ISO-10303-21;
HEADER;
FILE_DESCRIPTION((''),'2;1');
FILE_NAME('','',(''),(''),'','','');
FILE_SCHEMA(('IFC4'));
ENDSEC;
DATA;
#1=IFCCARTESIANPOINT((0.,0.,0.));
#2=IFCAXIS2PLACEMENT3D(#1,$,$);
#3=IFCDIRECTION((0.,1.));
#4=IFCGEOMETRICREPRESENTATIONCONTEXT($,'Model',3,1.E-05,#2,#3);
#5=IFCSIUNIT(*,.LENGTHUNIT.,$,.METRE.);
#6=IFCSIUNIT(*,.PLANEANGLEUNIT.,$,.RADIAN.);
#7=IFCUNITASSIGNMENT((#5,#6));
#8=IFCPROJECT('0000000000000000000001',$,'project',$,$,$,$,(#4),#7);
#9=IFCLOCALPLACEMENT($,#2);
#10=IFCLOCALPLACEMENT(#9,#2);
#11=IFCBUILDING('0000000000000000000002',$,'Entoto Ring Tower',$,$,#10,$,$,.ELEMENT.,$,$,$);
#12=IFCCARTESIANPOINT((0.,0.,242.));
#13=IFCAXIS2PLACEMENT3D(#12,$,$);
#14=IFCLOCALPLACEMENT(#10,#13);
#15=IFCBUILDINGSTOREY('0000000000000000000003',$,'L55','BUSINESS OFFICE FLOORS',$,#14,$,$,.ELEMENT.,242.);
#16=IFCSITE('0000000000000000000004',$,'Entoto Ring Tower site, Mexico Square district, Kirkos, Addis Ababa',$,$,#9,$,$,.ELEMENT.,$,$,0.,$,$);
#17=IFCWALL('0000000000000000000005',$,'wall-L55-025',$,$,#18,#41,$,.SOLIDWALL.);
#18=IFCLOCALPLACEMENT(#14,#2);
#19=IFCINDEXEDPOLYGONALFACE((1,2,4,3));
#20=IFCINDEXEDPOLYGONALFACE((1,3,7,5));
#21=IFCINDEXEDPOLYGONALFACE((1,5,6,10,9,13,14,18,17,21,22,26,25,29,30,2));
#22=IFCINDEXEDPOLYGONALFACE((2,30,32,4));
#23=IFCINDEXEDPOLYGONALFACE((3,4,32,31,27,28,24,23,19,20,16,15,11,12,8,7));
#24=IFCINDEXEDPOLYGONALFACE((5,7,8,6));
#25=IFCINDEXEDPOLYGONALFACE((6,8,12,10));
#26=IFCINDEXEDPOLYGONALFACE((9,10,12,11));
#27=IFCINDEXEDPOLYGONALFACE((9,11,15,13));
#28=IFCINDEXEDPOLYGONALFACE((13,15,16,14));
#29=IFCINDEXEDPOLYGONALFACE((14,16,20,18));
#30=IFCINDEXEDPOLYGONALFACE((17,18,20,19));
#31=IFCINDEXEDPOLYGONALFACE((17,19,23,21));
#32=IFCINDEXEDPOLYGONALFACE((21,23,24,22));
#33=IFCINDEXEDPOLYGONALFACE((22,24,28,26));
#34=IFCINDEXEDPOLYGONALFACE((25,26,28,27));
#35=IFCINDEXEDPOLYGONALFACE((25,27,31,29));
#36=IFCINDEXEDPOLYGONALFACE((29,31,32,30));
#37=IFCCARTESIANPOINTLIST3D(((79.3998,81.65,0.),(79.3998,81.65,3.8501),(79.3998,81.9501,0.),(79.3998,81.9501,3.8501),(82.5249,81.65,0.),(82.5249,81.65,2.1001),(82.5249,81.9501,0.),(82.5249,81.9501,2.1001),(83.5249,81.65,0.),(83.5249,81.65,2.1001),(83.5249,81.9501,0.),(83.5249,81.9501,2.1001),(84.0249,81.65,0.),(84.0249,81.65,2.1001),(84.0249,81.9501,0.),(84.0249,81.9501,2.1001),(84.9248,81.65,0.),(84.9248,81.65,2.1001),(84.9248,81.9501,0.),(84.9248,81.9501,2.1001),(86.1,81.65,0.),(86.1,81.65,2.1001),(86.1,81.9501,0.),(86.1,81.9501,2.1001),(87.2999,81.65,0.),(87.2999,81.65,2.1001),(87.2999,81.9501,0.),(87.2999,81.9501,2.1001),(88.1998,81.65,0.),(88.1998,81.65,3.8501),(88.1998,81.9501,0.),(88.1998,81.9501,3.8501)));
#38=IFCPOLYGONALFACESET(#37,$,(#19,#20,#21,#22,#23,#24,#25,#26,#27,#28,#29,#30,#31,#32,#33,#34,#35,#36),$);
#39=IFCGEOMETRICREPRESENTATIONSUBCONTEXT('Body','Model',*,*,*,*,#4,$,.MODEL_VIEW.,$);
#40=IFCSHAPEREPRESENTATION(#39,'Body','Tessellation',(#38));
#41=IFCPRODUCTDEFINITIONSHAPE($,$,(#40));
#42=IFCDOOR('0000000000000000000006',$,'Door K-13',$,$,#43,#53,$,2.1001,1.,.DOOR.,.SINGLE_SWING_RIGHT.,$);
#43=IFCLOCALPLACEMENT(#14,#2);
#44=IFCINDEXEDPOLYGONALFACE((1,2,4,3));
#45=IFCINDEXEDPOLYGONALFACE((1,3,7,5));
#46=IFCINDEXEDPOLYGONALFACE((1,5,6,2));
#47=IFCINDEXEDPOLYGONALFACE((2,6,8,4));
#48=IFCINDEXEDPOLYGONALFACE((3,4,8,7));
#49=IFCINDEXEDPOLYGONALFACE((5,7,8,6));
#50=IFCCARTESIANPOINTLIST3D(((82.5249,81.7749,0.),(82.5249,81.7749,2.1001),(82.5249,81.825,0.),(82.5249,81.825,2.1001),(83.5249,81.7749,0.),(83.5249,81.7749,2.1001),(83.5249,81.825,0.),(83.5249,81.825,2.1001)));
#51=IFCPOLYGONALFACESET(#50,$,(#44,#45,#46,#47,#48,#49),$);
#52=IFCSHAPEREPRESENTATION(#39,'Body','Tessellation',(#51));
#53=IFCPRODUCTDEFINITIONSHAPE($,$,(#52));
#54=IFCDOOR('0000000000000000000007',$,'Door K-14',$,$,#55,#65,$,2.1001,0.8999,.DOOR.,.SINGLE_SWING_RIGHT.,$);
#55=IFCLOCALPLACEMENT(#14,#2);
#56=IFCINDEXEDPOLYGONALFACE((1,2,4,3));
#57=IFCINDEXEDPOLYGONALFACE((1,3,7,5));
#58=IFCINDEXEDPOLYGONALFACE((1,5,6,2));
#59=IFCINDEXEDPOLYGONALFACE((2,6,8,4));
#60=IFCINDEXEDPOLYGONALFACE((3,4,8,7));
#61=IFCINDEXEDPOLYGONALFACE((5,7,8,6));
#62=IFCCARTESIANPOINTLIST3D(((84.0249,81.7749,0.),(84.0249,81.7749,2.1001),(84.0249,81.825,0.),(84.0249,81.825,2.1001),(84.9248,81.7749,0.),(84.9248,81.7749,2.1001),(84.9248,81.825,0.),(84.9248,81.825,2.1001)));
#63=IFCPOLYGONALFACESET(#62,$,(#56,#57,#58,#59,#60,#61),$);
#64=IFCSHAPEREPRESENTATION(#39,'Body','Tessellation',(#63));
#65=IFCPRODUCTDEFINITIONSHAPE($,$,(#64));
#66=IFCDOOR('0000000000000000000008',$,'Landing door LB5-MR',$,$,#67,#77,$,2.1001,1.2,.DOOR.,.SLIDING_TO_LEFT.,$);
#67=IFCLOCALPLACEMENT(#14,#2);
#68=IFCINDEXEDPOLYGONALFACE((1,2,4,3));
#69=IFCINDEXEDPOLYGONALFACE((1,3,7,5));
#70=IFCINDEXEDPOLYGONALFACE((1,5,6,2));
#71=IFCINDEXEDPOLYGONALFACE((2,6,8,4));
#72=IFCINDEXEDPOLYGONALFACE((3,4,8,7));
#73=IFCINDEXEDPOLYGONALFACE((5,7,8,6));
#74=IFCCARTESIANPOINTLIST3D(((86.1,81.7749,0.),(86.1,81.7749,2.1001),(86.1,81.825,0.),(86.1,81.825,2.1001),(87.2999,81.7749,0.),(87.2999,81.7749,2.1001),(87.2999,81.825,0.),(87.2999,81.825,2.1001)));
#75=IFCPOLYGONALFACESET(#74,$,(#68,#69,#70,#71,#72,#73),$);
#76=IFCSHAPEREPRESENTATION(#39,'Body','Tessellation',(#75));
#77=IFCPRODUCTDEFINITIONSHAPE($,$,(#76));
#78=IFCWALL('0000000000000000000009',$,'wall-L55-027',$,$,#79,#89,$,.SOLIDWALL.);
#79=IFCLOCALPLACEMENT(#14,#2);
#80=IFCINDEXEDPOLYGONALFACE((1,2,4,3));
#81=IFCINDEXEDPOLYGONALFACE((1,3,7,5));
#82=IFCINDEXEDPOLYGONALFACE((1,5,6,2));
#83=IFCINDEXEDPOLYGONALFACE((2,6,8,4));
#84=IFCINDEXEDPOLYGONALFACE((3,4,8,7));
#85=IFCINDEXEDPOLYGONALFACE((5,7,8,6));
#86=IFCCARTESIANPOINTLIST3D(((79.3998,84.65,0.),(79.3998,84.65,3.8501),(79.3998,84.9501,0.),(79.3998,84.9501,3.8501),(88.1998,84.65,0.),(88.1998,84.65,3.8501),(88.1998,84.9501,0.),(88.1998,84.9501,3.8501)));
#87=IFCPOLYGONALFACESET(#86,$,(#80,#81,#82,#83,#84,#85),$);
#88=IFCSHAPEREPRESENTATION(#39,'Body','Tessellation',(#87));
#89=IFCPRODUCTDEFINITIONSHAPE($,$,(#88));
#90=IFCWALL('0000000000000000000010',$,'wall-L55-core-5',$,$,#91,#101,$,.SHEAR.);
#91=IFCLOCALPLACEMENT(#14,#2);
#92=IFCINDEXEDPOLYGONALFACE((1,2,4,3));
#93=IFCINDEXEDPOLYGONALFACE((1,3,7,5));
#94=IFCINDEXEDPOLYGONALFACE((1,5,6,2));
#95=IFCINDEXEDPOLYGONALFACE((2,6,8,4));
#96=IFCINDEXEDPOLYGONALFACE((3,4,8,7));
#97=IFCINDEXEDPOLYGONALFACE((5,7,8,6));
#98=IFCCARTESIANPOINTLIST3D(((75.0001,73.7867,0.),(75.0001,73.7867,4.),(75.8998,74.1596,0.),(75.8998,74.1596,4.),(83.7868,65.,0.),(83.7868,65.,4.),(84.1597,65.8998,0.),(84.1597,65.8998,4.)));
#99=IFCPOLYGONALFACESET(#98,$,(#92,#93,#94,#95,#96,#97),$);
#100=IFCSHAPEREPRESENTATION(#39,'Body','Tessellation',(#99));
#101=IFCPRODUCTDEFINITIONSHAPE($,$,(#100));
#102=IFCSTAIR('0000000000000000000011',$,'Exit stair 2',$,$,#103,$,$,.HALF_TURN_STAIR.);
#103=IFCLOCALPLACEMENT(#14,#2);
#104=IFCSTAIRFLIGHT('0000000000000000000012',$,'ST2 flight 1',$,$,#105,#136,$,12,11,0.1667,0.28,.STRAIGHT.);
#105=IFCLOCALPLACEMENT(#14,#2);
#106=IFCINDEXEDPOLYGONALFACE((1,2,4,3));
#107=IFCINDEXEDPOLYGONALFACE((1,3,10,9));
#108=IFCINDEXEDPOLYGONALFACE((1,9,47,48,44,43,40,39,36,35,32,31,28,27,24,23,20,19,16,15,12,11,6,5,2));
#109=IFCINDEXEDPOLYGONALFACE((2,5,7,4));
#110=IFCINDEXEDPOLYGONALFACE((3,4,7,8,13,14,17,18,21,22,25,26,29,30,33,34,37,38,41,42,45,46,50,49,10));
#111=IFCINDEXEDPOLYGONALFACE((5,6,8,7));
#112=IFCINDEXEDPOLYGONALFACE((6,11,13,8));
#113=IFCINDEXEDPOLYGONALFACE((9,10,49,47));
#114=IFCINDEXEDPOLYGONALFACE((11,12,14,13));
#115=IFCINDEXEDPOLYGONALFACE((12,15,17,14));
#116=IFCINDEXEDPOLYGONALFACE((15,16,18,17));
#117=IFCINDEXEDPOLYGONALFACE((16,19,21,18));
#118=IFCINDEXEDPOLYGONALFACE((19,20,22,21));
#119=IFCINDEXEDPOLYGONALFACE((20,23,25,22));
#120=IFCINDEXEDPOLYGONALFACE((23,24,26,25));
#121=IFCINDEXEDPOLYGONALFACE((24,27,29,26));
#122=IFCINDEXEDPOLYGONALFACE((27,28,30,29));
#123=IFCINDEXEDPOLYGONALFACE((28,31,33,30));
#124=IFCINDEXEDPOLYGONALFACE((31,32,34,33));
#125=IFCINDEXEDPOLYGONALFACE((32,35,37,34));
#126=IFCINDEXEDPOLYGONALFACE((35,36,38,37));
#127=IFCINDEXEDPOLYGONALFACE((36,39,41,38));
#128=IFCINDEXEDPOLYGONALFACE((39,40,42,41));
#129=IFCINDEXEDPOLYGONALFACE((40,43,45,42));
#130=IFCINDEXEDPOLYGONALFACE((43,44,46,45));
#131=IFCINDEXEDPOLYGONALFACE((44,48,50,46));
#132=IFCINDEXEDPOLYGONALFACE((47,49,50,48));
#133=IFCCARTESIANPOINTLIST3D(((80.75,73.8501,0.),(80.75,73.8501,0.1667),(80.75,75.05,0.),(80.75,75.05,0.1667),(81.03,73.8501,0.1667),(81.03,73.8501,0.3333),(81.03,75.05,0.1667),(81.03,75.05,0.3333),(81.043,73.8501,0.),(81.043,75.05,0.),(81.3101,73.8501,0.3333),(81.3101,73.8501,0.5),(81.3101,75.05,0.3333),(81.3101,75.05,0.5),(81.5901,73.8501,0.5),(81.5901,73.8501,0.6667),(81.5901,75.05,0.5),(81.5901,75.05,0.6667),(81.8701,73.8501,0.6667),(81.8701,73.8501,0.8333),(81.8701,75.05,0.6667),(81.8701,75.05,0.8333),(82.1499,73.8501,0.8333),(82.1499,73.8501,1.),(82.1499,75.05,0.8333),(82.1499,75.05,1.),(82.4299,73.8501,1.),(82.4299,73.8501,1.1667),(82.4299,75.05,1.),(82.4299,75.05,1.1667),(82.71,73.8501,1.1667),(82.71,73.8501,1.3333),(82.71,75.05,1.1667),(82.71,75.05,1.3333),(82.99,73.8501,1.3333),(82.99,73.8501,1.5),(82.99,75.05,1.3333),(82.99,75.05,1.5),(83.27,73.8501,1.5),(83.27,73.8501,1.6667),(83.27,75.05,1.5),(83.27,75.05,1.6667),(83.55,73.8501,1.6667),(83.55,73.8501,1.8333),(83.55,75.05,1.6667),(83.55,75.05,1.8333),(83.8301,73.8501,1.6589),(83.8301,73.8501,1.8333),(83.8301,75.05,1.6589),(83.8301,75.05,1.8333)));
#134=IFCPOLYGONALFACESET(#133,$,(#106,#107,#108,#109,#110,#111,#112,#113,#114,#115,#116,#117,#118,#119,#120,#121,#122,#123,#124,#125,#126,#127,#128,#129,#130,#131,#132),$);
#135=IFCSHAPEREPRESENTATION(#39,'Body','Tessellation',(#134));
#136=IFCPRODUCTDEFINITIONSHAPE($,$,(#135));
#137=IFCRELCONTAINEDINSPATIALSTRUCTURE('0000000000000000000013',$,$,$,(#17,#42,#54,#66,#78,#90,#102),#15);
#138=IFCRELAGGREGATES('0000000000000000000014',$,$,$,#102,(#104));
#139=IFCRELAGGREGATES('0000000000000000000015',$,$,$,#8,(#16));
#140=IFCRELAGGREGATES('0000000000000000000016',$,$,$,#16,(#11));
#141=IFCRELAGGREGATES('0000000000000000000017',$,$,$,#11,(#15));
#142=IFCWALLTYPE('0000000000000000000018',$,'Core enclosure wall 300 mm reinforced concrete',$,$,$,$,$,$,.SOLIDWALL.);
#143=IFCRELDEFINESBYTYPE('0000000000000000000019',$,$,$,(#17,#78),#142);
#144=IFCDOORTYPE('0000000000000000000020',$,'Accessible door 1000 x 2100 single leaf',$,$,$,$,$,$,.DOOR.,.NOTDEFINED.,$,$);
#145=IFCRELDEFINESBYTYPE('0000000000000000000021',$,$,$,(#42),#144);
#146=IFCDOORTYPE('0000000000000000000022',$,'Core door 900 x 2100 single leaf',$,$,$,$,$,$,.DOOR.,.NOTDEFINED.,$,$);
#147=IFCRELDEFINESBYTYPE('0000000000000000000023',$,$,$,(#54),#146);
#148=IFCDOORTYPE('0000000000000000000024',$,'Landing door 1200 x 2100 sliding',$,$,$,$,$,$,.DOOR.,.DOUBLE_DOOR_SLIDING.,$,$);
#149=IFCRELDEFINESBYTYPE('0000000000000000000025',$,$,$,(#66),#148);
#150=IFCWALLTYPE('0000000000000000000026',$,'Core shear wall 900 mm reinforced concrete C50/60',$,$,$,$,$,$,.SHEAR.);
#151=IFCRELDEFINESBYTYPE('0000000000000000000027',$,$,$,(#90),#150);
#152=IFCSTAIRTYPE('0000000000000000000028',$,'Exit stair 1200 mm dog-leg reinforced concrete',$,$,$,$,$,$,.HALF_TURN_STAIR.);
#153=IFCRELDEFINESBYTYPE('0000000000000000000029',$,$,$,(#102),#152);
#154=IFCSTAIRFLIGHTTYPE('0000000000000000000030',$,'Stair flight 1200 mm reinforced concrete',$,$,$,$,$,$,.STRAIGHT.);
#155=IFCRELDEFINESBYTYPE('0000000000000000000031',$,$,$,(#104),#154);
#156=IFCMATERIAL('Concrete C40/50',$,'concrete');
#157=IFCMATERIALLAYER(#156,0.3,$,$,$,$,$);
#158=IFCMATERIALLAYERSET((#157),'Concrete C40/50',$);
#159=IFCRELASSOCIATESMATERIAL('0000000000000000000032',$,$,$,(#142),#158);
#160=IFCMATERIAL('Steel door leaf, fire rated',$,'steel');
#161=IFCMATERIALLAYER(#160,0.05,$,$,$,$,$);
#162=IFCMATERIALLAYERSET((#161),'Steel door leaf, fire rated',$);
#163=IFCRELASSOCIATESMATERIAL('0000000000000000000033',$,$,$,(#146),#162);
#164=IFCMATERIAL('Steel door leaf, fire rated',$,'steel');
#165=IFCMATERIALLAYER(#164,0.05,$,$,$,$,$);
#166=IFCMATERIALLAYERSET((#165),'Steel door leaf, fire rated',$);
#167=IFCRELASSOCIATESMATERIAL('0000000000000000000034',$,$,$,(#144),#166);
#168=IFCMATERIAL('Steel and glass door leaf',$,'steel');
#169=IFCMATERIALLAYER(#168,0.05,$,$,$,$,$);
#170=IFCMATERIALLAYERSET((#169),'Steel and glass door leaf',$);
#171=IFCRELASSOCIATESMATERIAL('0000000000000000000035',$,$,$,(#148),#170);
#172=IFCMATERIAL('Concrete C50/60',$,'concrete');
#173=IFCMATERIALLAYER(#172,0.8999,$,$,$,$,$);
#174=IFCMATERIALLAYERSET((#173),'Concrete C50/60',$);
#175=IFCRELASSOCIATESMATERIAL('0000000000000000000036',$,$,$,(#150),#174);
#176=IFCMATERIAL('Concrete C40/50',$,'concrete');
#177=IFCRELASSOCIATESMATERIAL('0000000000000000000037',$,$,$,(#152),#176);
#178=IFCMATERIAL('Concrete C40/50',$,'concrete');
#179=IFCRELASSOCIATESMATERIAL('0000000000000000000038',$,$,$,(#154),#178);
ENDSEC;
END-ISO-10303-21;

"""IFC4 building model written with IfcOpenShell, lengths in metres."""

from ifc_helpers import new_model, si_unit, direction, frame, frame_2d, origin, place, context, subcontext, project, spatial, polyline, rectangle, outline, extrude, material, layer, layer_set, type_object, element, fill, aggregate, save


model = new_model("IFC4")

# Units and contexts
model_context = context("Model", 3, precision=1e-05, world=origin(), true_north=direction((0.0, 1.0)))
body_context = subcontext(model_context, "Body", "Model", "MODEL_VIEW")
ifc_project = project(units=[si_unit("LENGTHUNIT", "METRE"), si_unit("PLANEANGLEUNIT", "RADIAN")], contexts=[model_context])

# Site, building, storey
site_placement = place(None, origin())
site = spatial("IfcSite", under=ifc_project, at=site_placement, Name="Entoto Ring Tower site, Mexico Square district, Kirkos, Addis Ababa", CompositionType="ELEMENT", RefElevation=0.0)
building_placement = place(site_placement, origin())
building = spatial("IfcBuilding", under=site, at=building_placement, Name="Entoto Ring Tower", CompositionType="ELEMENT")
storey_placement = place(building_placement, frame((0.0, 0.0, 242.0)))
storey = spatial("IfcBuildingStorey", under=building, at=storey_placement, Name="L55", Description="BUSINESS OFFICE FLOORS", CompositionType="ELEMENT", Elevation=242.0)

# Shared definitions
ifc_material_1 = material(Name="Concrete C40/50", Category="concrete")
ifc_layer_1 = layer(ifc_material_1, 0.3)
ifc_layer_set_1 = layer_set([ifc_layer_1], Name="Concrete C40/50")
wall_type_1 = type_object("IfcWallType", Name="Core enclosure wall 300 mm reinforced concrete", PredefinedType="SOLIDWALL", material=ifc_layer_set_1)

# Wall, openings, doors
ifc_material_2 = material(Name="Steel door leaf, fire rated", Category="steel")
ifc_layer_2 = layer(ifc_material_2, 0.05)
ifc_layer_set_2 = layer_set([ifc_layer_2], Name="Steel door leaf, fire rated")
door_type_1 = type_object("IfcDoorType", Name="Core door 900 x 2100 single leaf", OperationType="NOTDEFINED", PredefinedType="DOOR", material=ifc_layer_set_2)
wall_1_placement = place(storey_placement, frame((79.3999, 81.8, 0.0), z_axis=(0.0, 0.0, 1.0), x_axis=(1.0, 0.0, 0.0)))
wall_1 = element("IfcWall", 1, at=wall_1_placement, inside=storey, type_object=wall_type_1, Name="wall-L55-025", PredefinedType="SOLIDWALL", context=body_context, shape_type="SweptSolid", body=[
    extrude(rectangle(XDim=8.8, YDim=0.3, at=frame_2d((4.3999, 0.0))), origin(), (0.0, 0.0, 1.0), 3.8501),
])
opening_1_placement = place(wall_1_placement, frame((6.7, 0.0, 0.0)))
opening_1 = element("IfcOpeningElement", 2, at=opening_1_placement, cuts=wall_1, PredefinedType="OPENING", context=body_context, shape_type="SweptSolid", body=[
    extrude(rectangle(XDim=1.2, YDim=2.1001, at=frame_2d((0.6001, 1.05))), frame((0.0, 0.1602, 0.0), z_axis=(0.0, -1.0, 0.0), x_axis=(1.0, 0.0, 0.0)), (0.0, 0.0, 1.0), 0.3201),
])
opening_2_placement = place(wall_1_placement, frame((3.125, 0.0, 0.0)))
opening_2 = element("IfcOpeningElement", 3, at=opening_2_placement, cuts=wall_1, PredefinedType="OPENING", context=body_context, shape_type="SweptSolid", body=[
    extrude(rectangle(XDim=1.0, YDim=2.1001, at=frame_2d((0.5, 1.05))), frame((0.0, 0.1602, 0.0), z_axis=(0.0, -1.0, 0.0), x_axis=(1.0, 0.0, 0.0)), (0.0, 0.0, 1.0), 0.3201),
])
opening_3_placement = place(wall_1_placement, frame((4.625, 0.0, 0.0)))
opening_3 = element("IfcOpeningElement", 4, at=opening_3_placement, cuts=wall_1, PredefinedType="OPENING", context=body_context, shape_type="SweptSolid", body=[
    extrude(rectangle(XDim=0.8999, YDim=2.1001, at=frame_2d((0.45, 1.05))), frame((0.0, 0.1602, 0.0), z_axis=(0.0, -1.0, 0.0), x_axis=(1.0, 0.0, 0.0)), (0.0, 0.0, 1.0), 0.3201),
])
ifc_material_3 = material(Name="Steel door leaf, fire rated", Category="steel")
ifc_layer_3 = layer(ifc_material_3, 0.05)
ifc_layer_set_3 = layer_set([ifc_layer_3], Name="Steel door leaf, fire rated")
door_type_2 = type_object("IfcDoorType", Name="Accessible door 1000 x 2100 single leaf", OperationType="NOTDEFINED", PredefinedType="DOOR", material=ifc_layer_set_3)
door_1_placement = place(opening_2_placement, origin())
door_1 = element("IfcDoor", 5, at=door_1_placement, inside=storey, type_object=door_type_2, Name="Door K-13", OperationType="SINGLE_SWING_RIGHT", OverallHeight=2.1001, OverallWidth=1.0, PredefinedType="DOOR", context=body_context, shape_type="SweptSolid", body=[
    extrude(rectangle(XDim=1.0, YDim=2.1001, at=frame_2d((0.5, 1.05))), frame((0.0, 0.0249, 0.0), z_axis=(0.0, -1.0, 0.0), x_axis=(1.0, 0.0, 0.0)), (0.0, 0.0, 1.0), 0.05),
])
fill(opening_2, door_1)
door_2_placement = place(opening_3_placement, origin())
door_2 = element("IfcDoor", 6, at=door_2_placement, inside=storey, type_object=door_type_1, Name="Door K-14", OperationType="SINGLE_SWING_RIGHT", OverallHeight=2.1001, OverallWidth=0.8999, PredefinedType="DOOR", context=body_context, shape_type="SweptSolid", body=[
    extrude(rectangle(XDim=0.8999, YDim=2.1001, at=frame_2d((0.45, 1.05))), frame((0.0, 0.0249, 0.0), z_axis=(0.0, -1.0, 0.0), x_axis=(1.0, 0.0, 0.0)), (0.0, 0.0, 1.0), 0.05),
])
fill(opening_3, door_2)
ifc_material_4 = material(Name="Steel and glass door leaf", Category="steel")
ifc_layer_4 = layer(ifc_material_4, 0.05)
ifc_layer_set_4 = layer_set([ifc_layer_4], Name="Steel and glass door leaf")
door_type_3 = type_object("IfcDoorType", Name="Landing door 1200 x 2100 sliding", OperationType="DOUBLE_DOOR_SLIDING", PredefinedType="DOOR", material=ifc_layer_set_4)
door_3_placement = place(opening_1_placement, origin())
door_3 = element("IfcDoor", 7, at=door_3_placement, inside=storey, type_object=door_type_3, Name="Landing door LB5-MR", OperationType="SLIDING_TO_LEFT", OverallHeight=2.1001, OverallWidth=1.2, PredefinedType="DOOR", context=body_context, shape_type="SweptSolid", body=[
    extrude(rectangle(XDim=1.2, YDim=2.1001, at=frame_2d((0.6001, 1.05))), frame((0.0, 0.0249, 0.0), z_axis=(0.0, -1.0, 0.0), x_axis=(1.0, 0.0, 0.0)), (0.0, 0.0, 1.0), 0.05),
])
fill(opening_1, door_3)

# Walls
wall_2_placement = place(storey_placement, frame((79.3999, 84.8, 0.0), z_axis=(0.0, 0.0, 1.0), x_axis=(1.0, 0.0, 0.0)))
element("IfcWall", 8, at=wall_2_placement, inside=storey, type_object=wall_type_1, Name="wall-L55-027", PredefinedType="SOLIDWALL", context=body_context, shape_type="SweptSolid", body=[
    extrude(rectangle(XDim=8.8, YDim=0.3, at=frame_2d((4.3999, 0.0))), origin(), (0.0, 0.0, 1.0), 3.8501),
])
ifc_material_5 = material(Name="Concrete C50/60", Category="concrete")
ifc_layer_5 = layer(ifc_material_5, 0.8999)
ifc_layer_set_5 = layer_set([ifc_layer_5], Name="Concrete C50/60")
wall_type_2 = type_object("IfcWallType", Name="Core shear wall 900 mm reinforced concrete C50/60", PredefinedType="SHEAR", material=ifc_layer_set_5)
wall_3_placement = place(storey_placement, frame((75.45, 73.9731, 0.0), z_axis=(0.0, 0.0, 1.0), x_axis=(0.707107, -0.707107, 0.0)))
element("IfcWall", 9, at=wall_3_placement, inside=storey, type_object=wall_type_2, Name="wall-L55-core-5", PredefinedType="SHEAR", context=body_context, shape_type="SweptSolid", body=[
    extrude(outline(polyline([(-0.1863, -0.45), (12.24, -0.45), (11.8674, 0.45), (0.1863, 0.45), (-0.1863, -0.45)])), origin(), (0.0, 0.0, 1.0), 4.0),
])

# Stair, stair flight
ifc_material_6 = material(Name="Concrete C40/50", Category="concrete")
stair_type = type_object("IfcStairType", Name="Exit stair 1200 mm dog-leg reinforced concrete", PredefinedType="HALF_TURN_STAIR", material=ifc_material_6)
stair_placement = place(storey_placement, origin())
stair = element("IfcStair", 10, at=stair_placement, inside=storey, type_object=stair_type, Name="Exit stair 2", PredefinedType="HALF_TURN_STAIR")
ifc_material_7 = material(Name="Concrete C40/50", Category="concrete")
stair_flight_type = type_object("IfcStairFlightType", Name="Stair flight 1200 mm reinforced concrete", PredefinedType="STRAIGHT", material=ifc_material_7)
stair_flight_1_placement = place(storey_placement, frame((80.75, 74.45, 0.0), z_axis=(0.0, 0.0, 1.0), x_axis=(1.0, 0.0, 0.0)))
stair_flight_1 = element("IfcStairFlight", 11, at=stair_flight_1_placement, type_object=stair_flight_type, Name="ST2 flight 1", NumberOfRisers=12, NumberOfTreads=11, PredefinedType="STRAIGHT", RiserHeight=0.1667, TreadLength=0.28, context=body_context, shape_type="SweptSolid", body=[
    extrude(outline(polyline([(0.0, 0.0), (0.0, 0.1667), (0.28, 0.1667), (0.28, 0.3333), (0.5601, 0.3333), (0.5601, 0.5), (0.8401, 0.5), (0.8401, 0.6667), (1.1201, 0.6667), (1.1201, 0.8333), (1.3999, 0.8333), (1.3999, 1.0), (1.6799, 1.0), (1.6799, 1.1667), (1.96, 1.1667), (1.96, 1.3333), (2.24, 1.3333), (2.24, 1.5), (2.52, 1.5), (2.52, 1.6667), (2.8, 1.6667), (2.8, 1.8333), (3.0801, 1.8333), (3.0801, 2.0), (3.0801, 1.6589), (0.293, 0.0), (0.0, 0.0)])), frame((0.0, 0.6001, 0.0), z_axis=(0.0, -1.0, 0.0), x_axis=(1.0, 0.0, 0.0)), (0.0, 0.0, 1.0), 1.2),
])
aggregate(stair, [stair_flight_1])

save(model, "model.ifc")
